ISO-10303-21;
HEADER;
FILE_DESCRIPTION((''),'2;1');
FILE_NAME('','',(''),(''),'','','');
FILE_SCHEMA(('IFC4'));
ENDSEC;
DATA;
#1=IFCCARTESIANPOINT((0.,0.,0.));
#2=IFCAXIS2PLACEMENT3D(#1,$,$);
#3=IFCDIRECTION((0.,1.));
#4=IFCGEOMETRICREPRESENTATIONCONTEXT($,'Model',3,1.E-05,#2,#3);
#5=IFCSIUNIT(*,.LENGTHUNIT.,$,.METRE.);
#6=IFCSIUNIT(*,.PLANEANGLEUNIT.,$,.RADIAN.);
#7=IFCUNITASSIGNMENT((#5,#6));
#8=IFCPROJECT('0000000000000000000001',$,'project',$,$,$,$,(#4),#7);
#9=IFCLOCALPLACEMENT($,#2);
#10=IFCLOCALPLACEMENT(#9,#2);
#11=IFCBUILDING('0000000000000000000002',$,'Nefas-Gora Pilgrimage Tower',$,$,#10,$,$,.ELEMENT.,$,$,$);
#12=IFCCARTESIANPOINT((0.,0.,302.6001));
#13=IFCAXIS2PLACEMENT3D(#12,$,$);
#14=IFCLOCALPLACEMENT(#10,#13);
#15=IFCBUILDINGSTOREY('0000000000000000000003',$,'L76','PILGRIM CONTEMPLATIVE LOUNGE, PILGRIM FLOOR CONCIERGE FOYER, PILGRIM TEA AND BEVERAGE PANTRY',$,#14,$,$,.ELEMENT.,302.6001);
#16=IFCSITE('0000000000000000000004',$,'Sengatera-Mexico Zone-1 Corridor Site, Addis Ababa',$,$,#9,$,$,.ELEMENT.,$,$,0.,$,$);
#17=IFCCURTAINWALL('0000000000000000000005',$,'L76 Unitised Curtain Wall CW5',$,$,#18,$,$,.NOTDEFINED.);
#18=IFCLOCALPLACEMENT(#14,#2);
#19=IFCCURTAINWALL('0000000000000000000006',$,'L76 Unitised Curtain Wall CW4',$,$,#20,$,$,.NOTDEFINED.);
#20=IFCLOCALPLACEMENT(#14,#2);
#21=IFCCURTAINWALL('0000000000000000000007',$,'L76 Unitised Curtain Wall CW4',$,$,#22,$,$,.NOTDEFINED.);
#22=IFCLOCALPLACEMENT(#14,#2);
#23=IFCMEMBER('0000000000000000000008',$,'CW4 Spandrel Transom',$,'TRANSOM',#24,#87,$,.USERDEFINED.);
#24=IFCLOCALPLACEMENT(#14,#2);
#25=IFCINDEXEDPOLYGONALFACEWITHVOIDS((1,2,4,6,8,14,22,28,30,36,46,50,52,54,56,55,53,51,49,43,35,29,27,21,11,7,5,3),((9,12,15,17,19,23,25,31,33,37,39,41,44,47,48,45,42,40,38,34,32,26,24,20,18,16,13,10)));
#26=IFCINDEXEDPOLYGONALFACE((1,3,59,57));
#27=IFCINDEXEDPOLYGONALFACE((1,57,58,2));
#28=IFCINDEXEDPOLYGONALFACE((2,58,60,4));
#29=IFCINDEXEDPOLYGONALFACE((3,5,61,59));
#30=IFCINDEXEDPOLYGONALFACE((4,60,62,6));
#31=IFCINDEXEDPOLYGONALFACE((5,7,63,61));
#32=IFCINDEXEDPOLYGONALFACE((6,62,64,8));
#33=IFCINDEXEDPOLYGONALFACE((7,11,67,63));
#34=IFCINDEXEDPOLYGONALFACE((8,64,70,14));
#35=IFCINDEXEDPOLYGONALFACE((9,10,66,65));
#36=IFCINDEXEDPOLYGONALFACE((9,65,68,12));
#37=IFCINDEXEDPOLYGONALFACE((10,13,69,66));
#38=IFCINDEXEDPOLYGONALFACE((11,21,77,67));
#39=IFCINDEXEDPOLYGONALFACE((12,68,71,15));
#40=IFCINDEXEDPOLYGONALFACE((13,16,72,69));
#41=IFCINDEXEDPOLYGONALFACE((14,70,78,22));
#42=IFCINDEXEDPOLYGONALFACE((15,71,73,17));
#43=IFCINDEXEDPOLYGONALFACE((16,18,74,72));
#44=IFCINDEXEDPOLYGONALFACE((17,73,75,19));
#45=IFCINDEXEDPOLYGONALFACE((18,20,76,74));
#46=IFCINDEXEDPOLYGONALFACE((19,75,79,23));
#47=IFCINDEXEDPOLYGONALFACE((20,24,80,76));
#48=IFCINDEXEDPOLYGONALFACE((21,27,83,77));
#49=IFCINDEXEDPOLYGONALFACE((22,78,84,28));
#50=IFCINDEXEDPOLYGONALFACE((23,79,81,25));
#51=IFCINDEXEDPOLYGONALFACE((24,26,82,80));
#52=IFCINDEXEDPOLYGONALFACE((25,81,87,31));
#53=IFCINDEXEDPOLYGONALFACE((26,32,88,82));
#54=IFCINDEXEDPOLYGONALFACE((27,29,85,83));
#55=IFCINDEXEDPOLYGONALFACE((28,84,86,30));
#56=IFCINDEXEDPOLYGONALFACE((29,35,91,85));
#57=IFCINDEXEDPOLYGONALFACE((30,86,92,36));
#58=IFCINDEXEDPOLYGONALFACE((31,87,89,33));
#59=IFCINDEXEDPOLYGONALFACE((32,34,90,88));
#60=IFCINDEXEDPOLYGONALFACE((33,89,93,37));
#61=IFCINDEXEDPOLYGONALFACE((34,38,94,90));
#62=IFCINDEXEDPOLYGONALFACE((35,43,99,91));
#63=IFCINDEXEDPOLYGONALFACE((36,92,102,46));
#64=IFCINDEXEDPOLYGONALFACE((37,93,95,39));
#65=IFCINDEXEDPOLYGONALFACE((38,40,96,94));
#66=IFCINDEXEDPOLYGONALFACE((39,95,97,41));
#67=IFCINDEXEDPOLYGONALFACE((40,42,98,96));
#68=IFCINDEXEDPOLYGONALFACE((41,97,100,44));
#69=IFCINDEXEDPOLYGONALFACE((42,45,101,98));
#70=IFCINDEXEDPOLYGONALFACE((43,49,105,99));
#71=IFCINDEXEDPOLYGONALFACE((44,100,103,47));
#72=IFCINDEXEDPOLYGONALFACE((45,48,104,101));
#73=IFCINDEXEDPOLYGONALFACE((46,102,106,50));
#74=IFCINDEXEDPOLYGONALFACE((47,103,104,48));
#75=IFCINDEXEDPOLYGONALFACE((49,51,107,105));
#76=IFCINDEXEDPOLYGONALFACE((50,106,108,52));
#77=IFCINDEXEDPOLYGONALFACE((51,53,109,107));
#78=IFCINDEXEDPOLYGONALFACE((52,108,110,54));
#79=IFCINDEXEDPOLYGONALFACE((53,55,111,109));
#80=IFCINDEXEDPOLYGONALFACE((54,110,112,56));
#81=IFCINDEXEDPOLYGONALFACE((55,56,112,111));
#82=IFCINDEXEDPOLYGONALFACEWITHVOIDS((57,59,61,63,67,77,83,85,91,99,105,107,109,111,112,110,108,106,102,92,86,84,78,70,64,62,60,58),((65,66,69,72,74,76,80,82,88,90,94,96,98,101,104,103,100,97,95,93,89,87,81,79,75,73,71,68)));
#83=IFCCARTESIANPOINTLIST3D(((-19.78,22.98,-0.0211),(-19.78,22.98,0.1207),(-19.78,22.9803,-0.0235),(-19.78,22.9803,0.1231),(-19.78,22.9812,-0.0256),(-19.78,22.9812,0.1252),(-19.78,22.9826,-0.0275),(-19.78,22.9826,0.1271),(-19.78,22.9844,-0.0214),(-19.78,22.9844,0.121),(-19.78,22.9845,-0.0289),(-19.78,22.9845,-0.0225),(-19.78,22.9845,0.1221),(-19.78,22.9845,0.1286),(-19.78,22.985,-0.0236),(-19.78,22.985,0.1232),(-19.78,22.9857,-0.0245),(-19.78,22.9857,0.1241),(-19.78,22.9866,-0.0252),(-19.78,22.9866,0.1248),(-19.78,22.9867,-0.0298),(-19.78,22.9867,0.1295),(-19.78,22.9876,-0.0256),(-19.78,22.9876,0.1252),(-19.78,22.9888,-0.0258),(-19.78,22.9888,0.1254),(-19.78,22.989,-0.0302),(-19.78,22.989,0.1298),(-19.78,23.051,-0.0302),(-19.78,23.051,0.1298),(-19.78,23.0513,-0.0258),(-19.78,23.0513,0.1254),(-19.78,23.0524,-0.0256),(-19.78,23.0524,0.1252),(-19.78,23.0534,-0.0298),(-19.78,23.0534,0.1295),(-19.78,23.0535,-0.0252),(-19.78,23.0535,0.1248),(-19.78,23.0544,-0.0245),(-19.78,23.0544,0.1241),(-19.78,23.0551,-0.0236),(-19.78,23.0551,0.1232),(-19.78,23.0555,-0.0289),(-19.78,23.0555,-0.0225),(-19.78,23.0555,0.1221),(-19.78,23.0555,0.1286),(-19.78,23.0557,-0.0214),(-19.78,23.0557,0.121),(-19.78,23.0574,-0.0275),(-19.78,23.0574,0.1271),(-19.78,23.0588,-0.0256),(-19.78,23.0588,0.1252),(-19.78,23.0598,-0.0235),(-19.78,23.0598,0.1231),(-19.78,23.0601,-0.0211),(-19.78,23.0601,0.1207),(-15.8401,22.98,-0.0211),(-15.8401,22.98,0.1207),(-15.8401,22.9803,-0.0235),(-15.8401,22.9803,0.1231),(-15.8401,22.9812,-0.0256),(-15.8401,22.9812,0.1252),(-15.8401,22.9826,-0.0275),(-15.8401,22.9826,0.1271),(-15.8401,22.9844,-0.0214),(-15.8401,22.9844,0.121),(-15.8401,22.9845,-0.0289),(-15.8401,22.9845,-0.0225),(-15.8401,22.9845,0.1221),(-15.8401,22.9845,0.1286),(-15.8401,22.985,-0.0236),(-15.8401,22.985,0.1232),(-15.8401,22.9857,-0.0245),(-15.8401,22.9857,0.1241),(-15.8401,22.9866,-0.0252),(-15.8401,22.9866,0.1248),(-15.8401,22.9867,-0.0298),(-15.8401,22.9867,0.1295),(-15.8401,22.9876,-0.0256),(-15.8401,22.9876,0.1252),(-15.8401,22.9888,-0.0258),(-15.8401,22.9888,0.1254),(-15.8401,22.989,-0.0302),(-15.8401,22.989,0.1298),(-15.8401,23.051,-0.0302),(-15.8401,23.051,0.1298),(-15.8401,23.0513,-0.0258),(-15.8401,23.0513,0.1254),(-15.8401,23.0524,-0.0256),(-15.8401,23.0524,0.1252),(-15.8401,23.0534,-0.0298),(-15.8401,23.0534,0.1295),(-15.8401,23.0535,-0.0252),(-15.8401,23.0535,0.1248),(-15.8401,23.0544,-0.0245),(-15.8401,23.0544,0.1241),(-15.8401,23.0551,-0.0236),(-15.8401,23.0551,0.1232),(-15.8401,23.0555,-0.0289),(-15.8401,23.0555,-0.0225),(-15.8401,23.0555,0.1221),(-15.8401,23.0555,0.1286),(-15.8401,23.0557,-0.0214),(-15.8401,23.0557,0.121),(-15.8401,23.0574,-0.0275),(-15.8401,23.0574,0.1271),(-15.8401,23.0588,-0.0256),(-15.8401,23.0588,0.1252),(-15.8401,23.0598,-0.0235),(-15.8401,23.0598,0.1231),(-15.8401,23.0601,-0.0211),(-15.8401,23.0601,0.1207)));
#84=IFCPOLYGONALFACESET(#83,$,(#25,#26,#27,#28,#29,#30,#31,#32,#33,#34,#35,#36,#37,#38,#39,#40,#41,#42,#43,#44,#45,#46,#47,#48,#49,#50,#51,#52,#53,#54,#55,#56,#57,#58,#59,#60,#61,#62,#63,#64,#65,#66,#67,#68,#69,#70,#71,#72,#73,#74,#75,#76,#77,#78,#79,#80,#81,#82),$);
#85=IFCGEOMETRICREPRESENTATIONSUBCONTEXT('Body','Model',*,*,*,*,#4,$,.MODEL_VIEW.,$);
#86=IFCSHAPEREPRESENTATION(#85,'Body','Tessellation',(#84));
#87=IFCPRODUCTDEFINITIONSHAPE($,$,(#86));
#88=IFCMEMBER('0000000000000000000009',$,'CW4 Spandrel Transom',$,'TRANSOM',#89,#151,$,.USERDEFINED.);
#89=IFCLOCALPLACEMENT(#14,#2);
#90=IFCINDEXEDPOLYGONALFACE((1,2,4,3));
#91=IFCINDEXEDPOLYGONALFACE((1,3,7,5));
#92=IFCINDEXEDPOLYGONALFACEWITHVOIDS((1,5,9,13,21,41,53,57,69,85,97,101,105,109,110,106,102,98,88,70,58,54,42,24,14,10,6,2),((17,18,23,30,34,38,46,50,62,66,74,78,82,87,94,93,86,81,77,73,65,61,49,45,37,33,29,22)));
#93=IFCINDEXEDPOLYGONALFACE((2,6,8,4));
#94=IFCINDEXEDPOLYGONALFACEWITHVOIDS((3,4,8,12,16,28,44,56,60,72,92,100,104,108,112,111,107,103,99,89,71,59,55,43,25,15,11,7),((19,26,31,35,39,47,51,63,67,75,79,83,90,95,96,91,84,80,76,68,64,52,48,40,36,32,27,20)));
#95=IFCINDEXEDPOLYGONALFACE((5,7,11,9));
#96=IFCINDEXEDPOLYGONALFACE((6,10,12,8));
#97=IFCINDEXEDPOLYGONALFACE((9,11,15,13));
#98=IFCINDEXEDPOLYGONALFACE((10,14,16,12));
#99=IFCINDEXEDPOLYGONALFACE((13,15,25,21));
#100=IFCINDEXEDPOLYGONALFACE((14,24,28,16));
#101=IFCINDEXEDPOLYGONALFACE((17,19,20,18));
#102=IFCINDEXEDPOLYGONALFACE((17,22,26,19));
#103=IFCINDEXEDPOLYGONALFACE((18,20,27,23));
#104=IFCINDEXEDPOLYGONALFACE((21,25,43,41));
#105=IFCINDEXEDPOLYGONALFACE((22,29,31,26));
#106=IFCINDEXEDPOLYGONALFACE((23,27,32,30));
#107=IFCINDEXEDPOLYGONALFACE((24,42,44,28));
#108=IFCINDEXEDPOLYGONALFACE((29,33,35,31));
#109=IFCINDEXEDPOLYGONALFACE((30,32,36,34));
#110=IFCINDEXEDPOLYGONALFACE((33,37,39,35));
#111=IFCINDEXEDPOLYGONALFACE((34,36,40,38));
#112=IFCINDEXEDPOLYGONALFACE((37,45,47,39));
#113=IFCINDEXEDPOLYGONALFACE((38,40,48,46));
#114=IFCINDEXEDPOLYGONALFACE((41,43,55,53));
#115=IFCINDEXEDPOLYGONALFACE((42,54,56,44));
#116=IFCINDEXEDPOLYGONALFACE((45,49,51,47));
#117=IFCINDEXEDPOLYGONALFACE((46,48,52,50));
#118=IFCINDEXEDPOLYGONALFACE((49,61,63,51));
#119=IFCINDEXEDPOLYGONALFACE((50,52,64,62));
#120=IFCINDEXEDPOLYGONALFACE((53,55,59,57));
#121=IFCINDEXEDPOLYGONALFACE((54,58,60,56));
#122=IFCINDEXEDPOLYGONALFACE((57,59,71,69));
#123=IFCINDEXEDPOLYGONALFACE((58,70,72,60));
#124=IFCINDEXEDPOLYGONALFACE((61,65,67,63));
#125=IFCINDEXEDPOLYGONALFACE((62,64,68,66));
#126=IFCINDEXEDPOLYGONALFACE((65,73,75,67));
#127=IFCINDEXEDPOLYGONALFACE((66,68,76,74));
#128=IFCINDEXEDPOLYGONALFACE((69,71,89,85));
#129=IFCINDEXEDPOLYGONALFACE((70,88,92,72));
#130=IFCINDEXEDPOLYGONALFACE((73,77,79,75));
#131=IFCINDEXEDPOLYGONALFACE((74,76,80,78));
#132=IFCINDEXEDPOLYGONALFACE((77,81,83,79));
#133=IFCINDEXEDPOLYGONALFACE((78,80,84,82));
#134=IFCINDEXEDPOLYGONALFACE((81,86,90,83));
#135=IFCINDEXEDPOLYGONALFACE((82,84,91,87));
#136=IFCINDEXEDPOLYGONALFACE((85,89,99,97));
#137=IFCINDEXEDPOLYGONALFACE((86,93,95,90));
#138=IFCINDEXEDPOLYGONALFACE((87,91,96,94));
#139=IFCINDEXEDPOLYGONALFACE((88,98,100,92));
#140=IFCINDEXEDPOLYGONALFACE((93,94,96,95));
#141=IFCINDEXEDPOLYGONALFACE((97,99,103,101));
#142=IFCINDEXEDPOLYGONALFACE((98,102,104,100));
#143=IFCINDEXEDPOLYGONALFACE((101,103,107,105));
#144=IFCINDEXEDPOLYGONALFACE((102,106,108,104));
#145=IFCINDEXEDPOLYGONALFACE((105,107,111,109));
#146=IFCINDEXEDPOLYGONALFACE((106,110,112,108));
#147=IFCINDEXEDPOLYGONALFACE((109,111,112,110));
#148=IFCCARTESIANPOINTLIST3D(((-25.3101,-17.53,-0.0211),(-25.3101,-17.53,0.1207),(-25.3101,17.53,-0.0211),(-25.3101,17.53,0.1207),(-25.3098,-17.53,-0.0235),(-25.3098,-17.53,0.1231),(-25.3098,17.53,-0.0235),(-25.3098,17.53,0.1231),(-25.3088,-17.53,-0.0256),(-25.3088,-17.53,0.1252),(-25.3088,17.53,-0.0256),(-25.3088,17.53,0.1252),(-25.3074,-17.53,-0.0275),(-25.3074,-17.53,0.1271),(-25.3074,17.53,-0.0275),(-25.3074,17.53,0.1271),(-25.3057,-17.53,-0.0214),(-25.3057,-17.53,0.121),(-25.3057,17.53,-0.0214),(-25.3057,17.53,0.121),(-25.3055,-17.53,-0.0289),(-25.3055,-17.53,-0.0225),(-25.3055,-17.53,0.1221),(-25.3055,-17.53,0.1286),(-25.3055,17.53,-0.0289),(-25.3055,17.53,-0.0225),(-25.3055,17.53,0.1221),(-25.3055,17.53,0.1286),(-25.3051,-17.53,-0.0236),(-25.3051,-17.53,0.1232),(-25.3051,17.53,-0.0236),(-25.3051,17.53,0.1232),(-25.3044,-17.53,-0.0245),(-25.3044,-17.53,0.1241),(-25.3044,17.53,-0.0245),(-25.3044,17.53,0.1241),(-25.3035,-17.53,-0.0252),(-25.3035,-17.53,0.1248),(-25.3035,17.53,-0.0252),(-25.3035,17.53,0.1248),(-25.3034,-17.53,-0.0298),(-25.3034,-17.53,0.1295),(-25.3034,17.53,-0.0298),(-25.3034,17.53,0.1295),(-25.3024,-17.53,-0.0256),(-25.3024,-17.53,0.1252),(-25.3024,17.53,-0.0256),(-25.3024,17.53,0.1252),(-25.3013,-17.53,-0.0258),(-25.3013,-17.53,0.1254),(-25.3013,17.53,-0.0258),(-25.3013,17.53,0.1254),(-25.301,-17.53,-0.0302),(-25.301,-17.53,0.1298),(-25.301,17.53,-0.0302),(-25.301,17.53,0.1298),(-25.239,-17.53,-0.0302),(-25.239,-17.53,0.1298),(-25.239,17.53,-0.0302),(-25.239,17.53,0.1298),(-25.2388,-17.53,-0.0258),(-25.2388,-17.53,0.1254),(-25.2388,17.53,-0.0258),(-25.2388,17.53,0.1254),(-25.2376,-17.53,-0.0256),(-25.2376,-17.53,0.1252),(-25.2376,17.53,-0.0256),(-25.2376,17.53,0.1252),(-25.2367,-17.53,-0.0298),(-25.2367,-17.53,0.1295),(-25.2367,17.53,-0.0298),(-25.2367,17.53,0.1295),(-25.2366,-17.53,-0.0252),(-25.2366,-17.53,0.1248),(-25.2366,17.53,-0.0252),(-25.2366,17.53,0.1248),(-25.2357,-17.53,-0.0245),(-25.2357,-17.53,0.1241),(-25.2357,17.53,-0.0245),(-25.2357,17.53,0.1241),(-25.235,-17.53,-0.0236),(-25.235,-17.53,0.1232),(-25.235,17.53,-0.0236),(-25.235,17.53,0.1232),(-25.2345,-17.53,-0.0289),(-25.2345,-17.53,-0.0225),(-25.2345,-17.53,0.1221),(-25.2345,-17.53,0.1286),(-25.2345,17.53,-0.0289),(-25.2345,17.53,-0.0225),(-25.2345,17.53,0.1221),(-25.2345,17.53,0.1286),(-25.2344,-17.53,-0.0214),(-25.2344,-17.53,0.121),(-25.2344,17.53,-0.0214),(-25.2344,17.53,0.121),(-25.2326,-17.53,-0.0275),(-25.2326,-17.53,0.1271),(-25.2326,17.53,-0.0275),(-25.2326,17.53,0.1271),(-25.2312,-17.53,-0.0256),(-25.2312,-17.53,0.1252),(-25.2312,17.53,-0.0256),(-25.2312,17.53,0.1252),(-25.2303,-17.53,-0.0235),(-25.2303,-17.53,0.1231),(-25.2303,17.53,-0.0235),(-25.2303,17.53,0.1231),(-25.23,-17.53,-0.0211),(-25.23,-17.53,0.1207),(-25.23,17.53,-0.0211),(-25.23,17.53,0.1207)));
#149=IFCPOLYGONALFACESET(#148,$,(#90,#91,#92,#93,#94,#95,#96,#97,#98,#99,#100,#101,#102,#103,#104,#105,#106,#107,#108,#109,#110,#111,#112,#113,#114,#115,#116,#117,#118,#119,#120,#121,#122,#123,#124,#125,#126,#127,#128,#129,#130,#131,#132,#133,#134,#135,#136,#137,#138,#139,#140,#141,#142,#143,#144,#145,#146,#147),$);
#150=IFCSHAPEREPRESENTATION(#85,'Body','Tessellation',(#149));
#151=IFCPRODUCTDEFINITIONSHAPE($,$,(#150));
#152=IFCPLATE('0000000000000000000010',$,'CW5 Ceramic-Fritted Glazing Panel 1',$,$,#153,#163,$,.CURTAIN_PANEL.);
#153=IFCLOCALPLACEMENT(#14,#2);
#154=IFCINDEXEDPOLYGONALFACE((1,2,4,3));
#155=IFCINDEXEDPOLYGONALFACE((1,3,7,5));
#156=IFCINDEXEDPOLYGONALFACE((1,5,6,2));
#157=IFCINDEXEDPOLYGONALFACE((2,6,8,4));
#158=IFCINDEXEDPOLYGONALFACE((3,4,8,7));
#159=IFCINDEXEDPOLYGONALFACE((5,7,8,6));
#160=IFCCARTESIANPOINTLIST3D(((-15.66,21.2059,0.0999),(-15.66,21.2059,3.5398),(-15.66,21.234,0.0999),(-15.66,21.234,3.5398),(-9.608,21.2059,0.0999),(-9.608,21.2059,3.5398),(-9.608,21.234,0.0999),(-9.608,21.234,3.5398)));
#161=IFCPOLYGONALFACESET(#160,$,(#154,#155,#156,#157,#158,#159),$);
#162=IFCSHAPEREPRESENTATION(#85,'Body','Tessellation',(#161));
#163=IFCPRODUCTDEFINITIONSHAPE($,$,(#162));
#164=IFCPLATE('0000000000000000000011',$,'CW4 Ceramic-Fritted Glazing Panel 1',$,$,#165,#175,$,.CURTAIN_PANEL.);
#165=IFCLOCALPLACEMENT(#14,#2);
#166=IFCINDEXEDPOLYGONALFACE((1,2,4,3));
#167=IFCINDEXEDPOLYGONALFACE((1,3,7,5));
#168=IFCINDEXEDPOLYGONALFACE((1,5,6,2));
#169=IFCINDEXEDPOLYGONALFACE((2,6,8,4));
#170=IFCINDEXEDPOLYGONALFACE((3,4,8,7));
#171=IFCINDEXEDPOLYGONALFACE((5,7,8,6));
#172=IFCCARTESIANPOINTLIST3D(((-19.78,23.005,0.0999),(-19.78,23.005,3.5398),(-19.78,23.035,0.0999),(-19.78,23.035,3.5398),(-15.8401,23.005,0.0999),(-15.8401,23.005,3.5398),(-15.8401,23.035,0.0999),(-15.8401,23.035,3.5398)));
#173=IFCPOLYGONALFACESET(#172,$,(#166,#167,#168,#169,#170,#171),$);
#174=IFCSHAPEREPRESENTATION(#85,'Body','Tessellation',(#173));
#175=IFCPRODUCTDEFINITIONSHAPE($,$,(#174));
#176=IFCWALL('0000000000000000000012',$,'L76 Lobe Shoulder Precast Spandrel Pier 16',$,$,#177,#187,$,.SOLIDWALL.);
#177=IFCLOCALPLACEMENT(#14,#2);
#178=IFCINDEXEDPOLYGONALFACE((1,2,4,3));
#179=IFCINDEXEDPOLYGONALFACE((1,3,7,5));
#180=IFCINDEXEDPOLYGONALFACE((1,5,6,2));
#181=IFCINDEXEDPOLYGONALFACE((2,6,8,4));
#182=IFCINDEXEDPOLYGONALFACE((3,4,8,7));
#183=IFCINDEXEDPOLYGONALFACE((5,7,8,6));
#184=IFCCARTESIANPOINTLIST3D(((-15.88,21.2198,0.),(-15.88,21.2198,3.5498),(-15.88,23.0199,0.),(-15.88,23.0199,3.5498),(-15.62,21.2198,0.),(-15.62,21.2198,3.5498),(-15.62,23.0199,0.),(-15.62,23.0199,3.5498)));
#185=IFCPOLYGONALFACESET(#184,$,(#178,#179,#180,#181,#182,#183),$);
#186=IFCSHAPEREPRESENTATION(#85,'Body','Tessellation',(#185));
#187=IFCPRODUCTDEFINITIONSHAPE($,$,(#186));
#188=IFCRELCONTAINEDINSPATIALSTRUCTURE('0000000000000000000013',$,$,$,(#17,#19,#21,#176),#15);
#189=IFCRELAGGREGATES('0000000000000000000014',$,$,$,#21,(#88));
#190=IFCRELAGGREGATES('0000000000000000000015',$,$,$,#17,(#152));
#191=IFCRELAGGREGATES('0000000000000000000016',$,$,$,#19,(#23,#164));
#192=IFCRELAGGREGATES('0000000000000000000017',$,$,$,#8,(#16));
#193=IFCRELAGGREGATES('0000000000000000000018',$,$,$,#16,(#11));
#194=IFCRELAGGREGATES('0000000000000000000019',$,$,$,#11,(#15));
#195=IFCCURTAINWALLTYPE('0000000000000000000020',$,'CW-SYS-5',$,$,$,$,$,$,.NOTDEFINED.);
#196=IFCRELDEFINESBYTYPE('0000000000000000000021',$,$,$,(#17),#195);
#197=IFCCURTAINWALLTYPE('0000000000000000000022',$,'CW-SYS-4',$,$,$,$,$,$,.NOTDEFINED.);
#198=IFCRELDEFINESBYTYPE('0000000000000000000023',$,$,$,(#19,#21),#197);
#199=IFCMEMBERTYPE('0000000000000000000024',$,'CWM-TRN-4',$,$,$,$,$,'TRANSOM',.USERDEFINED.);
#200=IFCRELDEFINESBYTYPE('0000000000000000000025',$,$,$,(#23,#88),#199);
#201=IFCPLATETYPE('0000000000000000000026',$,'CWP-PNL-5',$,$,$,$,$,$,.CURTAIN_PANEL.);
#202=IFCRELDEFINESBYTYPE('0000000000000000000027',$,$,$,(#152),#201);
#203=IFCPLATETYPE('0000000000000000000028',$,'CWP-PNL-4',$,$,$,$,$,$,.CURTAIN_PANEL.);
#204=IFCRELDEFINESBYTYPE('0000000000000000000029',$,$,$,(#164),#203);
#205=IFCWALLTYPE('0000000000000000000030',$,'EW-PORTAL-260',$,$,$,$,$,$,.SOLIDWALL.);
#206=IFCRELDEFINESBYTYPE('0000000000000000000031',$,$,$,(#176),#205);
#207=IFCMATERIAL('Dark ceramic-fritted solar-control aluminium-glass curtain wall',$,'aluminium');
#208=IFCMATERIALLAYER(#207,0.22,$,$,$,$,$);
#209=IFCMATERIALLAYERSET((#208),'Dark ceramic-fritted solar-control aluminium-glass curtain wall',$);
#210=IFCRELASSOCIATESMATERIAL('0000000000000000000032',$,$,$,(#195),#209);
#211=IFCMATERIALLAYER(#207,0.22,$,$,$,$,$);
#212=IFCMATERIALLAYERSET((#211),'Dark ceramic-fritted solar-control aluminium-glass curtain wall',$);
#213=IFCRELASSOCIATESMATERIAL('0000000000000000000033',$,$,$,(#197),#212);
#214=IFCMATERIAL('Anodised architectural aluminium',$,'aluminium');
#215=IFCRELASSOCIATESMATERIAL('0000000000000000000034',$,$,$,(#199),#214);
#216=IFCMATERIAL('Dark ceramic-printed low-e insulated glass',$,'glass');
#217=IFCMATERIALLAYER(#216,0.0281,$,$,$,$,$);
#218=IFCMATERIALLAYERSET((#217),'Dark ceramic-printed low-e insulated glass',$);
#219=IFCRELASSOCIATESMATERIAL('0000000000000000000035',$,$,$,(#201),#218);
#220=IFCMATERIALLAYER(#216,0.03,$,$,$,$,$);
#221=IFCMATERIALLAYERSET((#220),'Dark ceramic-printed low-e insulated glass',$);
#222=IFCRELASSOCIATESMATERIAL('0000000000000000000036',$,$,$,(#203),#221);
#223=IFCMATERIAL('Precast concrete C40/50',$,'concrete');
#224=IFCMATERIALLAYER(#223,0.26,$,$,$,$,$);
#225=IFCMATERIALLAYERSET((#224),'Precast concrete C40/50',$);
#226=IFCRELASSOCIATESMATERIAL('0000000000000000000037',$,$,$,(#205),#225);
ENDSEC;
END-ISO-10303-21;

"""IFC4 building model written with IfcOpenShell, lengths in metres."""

from ifc_helpers import new_model, si_unit, direction, frame, frame_2d, origin, origin_2d, place, context, subcontext, project, spatial, rectangle, hollow_rectangle, extrude, source, transform, mapped, material, layer, layer_set, material_profile, profile_set, type_object, element, aggregate, save


model = new_model("IFC4")

# Units and contexts
model_context = context("Model", 3, precision=1e-05, world=origin(), true_north=direction((0.0, 1.0)))
body_context = subcontext(model_context, "Body", "Model", "MODEL_VIEW")
ifc_project = project(units=[si_unit("LENGTHUNIT", "METRE"), si_unit("PLANEANGLEUNIT", "RADIAN")], contexts=[model_context])

# Site, building, storey
site_placement = place(None, origin())
site = spatial("IfcSite", under=ifc_project, at=site_placement, Name="Sengatera-Mexico Zone-1 Corridor Site, Addis Ababa", CompositionType="ELEMENT", RefElevation=0.0)
building_placement = place(site_placement, origin())
building = spatial("IfcBuilding", under=site, at=building_placement, Name="Nefas-Gora Pilgrimage Tower", CompositionType="ELEMENT")
storey_placement = place(building_placement, frame((0.0, 0.0, 302.6001)))
storey = spatial("IfcBuildingStorey", under=building, at=storey_placement, Name="L76", Description="PILGRIM CONTEMPLATIVE LOUNGE, PILGRIM FLOOR CONCIERGE FOYER, PILGRIM TEA AND BEVERAGE PANTRY", CompositionType="ELEMENT", Elevation=302.6001)

# Curtain wall
ifc_material_1 = material(Name="Dark ceramic-fritted solar-control aluminium-glass curtain wall", Category="aluminium")
ifc_layer_1 = layer(ifc_material_1, 0.22)
ifc_layer_set_1 = layer_set([ifc_layer_1], Name="Dark ceramic-fritted solar-control aluminium-glass curtain wall")
curtain_wall_type_1 = type_object("IfcCurtainWallType", Name="CW-SYS-5", PredefinedType="NOTDEFINED", material=ifc_layer_set_1)
curtain_wall_1_placement = place(storey_placement, origin())
curtain_wall_1 = element("IfcCurtainWall", 1, at=curtain_wall_1_placement, inside=storey, type_object=curtain_wall_type_1, Name="L76 Unitised Curtain Wall CW5", PredefinedType="NOTDEFINED")
ifc_material_2 = material(Name="Anodised architectural aluminium", Category="aluminium")

# Curtain wall
ifc_layer_2 = layer(ifc_material_1, 0.22)
ifc_layer_set_2 = layer_set([ifc_layer_2], Name="Dark ceramic-fritted solar-control aluminium-glass curtain wall")
curtain_wall_type_2 = type_object("IfcCurtainWallType", Name="CW-SYS-4", PredefinedType="NOTDEFINED", material=ifc_layer_set_2)
curtain_wall_2_placement = place(storey_placement, origin())
curtain_wall_2 = element("IfcCurtainWall", 2, at=curtain_wall_2_placement, inside=storey, type_object=curtain_wall_type_2, Name="L76 Unitised Curtain Wall CW4", PredefinedType="NOTDEFINED")

# Curtain wall
curtain_wall_3_placement = place(storey_placement, origin())
curtain_wall_3 = element("IfcCurtainWall", 3, at=curtain_wall_3_placement, inside=storey, type_object=curtain_wall_type_2, Name="L76 Unitised Curtain Wall CW4", PredefinedType="NOTDEFINED")

# Members
ifc_material_profile_1 = material_profile(ifc_material_2, hollow_rectangle(XDim=0.0801, YDim=0.1599, WallThickness=0.0044, InnerFilletRadius=0.0044, OuterFilletRadius=0.009, at=origin_2d()), Name="ALU TRANSOM 80x160")
ifc_profile_set_1 = profile_set([ifc_material_profile_1], Name="Anodised architectural aluminium")
member_type_1 = type_object("IfcMemberType", Name="CWM-TRN-4", ElementType="TRANSOM", PredefinedType="USERDEFINED", material=ifc_profile_set_1)
shared_shape_1 = source(origin(), body_context, "Body", "SweptSolid", [
    extrude(hollow_rectangle(XDim=0.0801, YDim=0.1599, WallThickness=0.0044, InnerFilletRadius=0.0044, OuterFilletRadius=0.009, at=origin_2d()), origin(), (0.0, 0.0, 1.0), 3.9399),
])
member_1_placement = place(storey_placement, frame((-15.8401, 23.02, 0.0498), z_axis=(-1.0, 0.0, 0.0), x_axis=(0.0, -1.0, 0.0)))
member_1 = element("IfcMember", 4, at=member_1_placement, type_object=member_type_1, Name="CW4 Spandrel Transom", ObjectType="TRANSOM", PredefinedType="USERDEFINED", context=body_context, shape_type="MappedRepresentation", body=[
    mapped(shared_shape_1, transform((0.0, 0.0, 0.0), x_axis=(1.0, 0.0, 0.0), y_axis=(0.0, 1.0, 0.0), z_axis=(0.0, 0.0, 1.0), scale=1.0)),
])
shared_shape_2 = source(origin(), body_context, "Body", "SweptSolid", [
    extrude(hollow_rectangle(XDim=0.0801, YDim=0.1599, WallThickness=0.0044, InnerFilletRadius=0.0044, OuterFilletRadius=0.009, at=origin_2d()), origin(), (0.0, 0.0, 1.0), 35.0601),
])
member_2_placement = place(storey_placement, frame((-25.27, 17.53, 0.0498), z_axis=(0.0, -1.0, 0.0), x_axis=(1.0, 0.0, 0.0)))
member_2 = element("IfcMember", 5, at=member_2_placement, type_object=member_type_1, Name="CW4 Spandrel Transom", ObjectType="TRANSOM", PredefinedType="USERDEFINED", context=body_context, shape_type="MappedRepresentation", body=[
    mapped(shared_shape_2, transform((0.0, 0.0, 0.0), x_axis=(1.0, 0.0, 0.0), y_axis=(0.0, 1.0, 0.0), z_axis=(0.0, 0.0, 1.0), scale=1.0)),
])
aggregate(curtain_wall_3, [member_2])

# Plates
ifc_material_3 = material(Name="Dark ceramic-printed low-e insulated glass", Category="glass")
ifc_layer_3 = layer(ifc_material_3, 0.0281)
ifc_layer_set_3 = layer_set([ifc_layer_3], Name="Dark ceramic-printed low-e insulated glass")
plate_type_1 = type_object("IfcPlateType", Name="CWP-PNL-5", PredefinedType="CURTAIN_PANEL", material=ifc_layer_set_3)
shared_shape_3 = source(origin(), body_context, "Body", "SweptSolid", [
    extrude(rectangle(XDim=6.052, YDim=0.0281, at=origin_2d()), origin(), (0.0, 0.0, 1.0), 3.4399),
])
plate_1_placement = place(storey_placement, frame((-12.634, 21.22, 0.0999), z_axis=(0.0, 0.0, 1.0), x_axis=(-1.0, 0.0, 0.0)))
plate_1 = element("IfcPlate", 6, at=plate_1_placement, type_object=plate_type_1, Name="CW5 Ceramic-Fritted Glazing Panel 1", PredefinedType="CURTAIN_PANEL", context=body_context, shape_type="MappedRepresentation", body=[
    mapped(shared_shape_3, transform((0.0, 0.0, 0.0), x_axis=(1.0, 0.0, 0.0), y_axis=(0.0, 1.0, 0.0), z_axis=(0.0, 0.0, 1.0), scale=1.0)),
])
aggregate(curtain_wall_1, [plate_1])
ifc_layer_4 = layer(ifc_material_3, 0.03)
ifc_layer_set_4 = layer_set([ifc_layer_4], Name="Dark ceramic-printed low-e insulated glass")
plate_type_2 = type_object("IfcPlateType", Name="CWP-PNL-4", PredefinedType="CURTAIN_PANEL", material=ifc_layer_set_4)
shared_shape_4 = source(origin(), body_context, "Body", "SweptSolid", [
    extrude(rectangle(XDim=3.9399, YDim=0.03, at=origin_2d()), origin(), (0.0, 0.0, 1.0), 3.4399),
])
plate_2_placement = place(storey_placement, frame((-17.8101, 23.02, 0.0999), z_axis=(0.0, 0.0, 1.0), x_axis=(-1.0, 0.0, 0.0)))
plate_2 = element("IfcPlate", 7, at=plate_2_placement, type_object=plate_type_2, Name="CW4 Ceramic-Fritted Glazing Panel 1", PredefinedType="CURTAIN_PANEL", context=body_context, shape_type="MappedRepresentation", body=[
    mapped(shared_shape_4, transform((0.0, 0.0, 0.0), x_axis=(1.0, 0.0, 0.0), y_axis=(0.0, 1.0, 0.0), z_axis=(0.0, 0.0, 1.0), scale=1.0)),
])
aggregate(curtain_wall_2, [member_1, plate_2])

# Wall
ifc_material_4 = material(Name="Precast concrete C40/50", Category="concrete")
ifc_layer_5 = layer(ifc_material_4, 0.26)
ifc_layer_set_5 = layer_set([ifc_layer_5], Name="Precast concrete C40/50")
wall_type_1 = type_object("IfcWallType", Name="EW-PORTAL-260", PredefinedType="SOLIDWALL", material=ifc_layer_set_5)
shared_shape_5 = source(origin(), body_context, "Body", "SweptSolid", [
    extrude(rectangle(XDim=1.8, YDim=0.26, at=frame_2d((0.8999, 0.0))), origin(), (0.0, 0.0, 1.0), 3.5498),
])
wall_1_placement = place(storey_placement, frame((-15.75, 21.22, 0.0), z_axis=(0.0, 0.0, 1.0), x_axis=(0.0, 1.0, 0.0)))
element("IfcWall", 8, at=wall_1_placement, inside=storey, type_object=wall_type_1, Name="L76 Lobe Shoulder Precast Spandrel Pier 16", PredefinedType="SOLIDWALL", context=body_context, shape_type="MappedRepresentation", body=[
    mapped(shared_shape_5, transform((0.0, 0.0, 0.0), x_axis=(1.0, 0.0, 0.0), y_axis=(0.0, 1.0, 0.0), z_axis=(0.0, 0.0, 1.0), scale=1.0)),
])

save(model, "model.ifc")
